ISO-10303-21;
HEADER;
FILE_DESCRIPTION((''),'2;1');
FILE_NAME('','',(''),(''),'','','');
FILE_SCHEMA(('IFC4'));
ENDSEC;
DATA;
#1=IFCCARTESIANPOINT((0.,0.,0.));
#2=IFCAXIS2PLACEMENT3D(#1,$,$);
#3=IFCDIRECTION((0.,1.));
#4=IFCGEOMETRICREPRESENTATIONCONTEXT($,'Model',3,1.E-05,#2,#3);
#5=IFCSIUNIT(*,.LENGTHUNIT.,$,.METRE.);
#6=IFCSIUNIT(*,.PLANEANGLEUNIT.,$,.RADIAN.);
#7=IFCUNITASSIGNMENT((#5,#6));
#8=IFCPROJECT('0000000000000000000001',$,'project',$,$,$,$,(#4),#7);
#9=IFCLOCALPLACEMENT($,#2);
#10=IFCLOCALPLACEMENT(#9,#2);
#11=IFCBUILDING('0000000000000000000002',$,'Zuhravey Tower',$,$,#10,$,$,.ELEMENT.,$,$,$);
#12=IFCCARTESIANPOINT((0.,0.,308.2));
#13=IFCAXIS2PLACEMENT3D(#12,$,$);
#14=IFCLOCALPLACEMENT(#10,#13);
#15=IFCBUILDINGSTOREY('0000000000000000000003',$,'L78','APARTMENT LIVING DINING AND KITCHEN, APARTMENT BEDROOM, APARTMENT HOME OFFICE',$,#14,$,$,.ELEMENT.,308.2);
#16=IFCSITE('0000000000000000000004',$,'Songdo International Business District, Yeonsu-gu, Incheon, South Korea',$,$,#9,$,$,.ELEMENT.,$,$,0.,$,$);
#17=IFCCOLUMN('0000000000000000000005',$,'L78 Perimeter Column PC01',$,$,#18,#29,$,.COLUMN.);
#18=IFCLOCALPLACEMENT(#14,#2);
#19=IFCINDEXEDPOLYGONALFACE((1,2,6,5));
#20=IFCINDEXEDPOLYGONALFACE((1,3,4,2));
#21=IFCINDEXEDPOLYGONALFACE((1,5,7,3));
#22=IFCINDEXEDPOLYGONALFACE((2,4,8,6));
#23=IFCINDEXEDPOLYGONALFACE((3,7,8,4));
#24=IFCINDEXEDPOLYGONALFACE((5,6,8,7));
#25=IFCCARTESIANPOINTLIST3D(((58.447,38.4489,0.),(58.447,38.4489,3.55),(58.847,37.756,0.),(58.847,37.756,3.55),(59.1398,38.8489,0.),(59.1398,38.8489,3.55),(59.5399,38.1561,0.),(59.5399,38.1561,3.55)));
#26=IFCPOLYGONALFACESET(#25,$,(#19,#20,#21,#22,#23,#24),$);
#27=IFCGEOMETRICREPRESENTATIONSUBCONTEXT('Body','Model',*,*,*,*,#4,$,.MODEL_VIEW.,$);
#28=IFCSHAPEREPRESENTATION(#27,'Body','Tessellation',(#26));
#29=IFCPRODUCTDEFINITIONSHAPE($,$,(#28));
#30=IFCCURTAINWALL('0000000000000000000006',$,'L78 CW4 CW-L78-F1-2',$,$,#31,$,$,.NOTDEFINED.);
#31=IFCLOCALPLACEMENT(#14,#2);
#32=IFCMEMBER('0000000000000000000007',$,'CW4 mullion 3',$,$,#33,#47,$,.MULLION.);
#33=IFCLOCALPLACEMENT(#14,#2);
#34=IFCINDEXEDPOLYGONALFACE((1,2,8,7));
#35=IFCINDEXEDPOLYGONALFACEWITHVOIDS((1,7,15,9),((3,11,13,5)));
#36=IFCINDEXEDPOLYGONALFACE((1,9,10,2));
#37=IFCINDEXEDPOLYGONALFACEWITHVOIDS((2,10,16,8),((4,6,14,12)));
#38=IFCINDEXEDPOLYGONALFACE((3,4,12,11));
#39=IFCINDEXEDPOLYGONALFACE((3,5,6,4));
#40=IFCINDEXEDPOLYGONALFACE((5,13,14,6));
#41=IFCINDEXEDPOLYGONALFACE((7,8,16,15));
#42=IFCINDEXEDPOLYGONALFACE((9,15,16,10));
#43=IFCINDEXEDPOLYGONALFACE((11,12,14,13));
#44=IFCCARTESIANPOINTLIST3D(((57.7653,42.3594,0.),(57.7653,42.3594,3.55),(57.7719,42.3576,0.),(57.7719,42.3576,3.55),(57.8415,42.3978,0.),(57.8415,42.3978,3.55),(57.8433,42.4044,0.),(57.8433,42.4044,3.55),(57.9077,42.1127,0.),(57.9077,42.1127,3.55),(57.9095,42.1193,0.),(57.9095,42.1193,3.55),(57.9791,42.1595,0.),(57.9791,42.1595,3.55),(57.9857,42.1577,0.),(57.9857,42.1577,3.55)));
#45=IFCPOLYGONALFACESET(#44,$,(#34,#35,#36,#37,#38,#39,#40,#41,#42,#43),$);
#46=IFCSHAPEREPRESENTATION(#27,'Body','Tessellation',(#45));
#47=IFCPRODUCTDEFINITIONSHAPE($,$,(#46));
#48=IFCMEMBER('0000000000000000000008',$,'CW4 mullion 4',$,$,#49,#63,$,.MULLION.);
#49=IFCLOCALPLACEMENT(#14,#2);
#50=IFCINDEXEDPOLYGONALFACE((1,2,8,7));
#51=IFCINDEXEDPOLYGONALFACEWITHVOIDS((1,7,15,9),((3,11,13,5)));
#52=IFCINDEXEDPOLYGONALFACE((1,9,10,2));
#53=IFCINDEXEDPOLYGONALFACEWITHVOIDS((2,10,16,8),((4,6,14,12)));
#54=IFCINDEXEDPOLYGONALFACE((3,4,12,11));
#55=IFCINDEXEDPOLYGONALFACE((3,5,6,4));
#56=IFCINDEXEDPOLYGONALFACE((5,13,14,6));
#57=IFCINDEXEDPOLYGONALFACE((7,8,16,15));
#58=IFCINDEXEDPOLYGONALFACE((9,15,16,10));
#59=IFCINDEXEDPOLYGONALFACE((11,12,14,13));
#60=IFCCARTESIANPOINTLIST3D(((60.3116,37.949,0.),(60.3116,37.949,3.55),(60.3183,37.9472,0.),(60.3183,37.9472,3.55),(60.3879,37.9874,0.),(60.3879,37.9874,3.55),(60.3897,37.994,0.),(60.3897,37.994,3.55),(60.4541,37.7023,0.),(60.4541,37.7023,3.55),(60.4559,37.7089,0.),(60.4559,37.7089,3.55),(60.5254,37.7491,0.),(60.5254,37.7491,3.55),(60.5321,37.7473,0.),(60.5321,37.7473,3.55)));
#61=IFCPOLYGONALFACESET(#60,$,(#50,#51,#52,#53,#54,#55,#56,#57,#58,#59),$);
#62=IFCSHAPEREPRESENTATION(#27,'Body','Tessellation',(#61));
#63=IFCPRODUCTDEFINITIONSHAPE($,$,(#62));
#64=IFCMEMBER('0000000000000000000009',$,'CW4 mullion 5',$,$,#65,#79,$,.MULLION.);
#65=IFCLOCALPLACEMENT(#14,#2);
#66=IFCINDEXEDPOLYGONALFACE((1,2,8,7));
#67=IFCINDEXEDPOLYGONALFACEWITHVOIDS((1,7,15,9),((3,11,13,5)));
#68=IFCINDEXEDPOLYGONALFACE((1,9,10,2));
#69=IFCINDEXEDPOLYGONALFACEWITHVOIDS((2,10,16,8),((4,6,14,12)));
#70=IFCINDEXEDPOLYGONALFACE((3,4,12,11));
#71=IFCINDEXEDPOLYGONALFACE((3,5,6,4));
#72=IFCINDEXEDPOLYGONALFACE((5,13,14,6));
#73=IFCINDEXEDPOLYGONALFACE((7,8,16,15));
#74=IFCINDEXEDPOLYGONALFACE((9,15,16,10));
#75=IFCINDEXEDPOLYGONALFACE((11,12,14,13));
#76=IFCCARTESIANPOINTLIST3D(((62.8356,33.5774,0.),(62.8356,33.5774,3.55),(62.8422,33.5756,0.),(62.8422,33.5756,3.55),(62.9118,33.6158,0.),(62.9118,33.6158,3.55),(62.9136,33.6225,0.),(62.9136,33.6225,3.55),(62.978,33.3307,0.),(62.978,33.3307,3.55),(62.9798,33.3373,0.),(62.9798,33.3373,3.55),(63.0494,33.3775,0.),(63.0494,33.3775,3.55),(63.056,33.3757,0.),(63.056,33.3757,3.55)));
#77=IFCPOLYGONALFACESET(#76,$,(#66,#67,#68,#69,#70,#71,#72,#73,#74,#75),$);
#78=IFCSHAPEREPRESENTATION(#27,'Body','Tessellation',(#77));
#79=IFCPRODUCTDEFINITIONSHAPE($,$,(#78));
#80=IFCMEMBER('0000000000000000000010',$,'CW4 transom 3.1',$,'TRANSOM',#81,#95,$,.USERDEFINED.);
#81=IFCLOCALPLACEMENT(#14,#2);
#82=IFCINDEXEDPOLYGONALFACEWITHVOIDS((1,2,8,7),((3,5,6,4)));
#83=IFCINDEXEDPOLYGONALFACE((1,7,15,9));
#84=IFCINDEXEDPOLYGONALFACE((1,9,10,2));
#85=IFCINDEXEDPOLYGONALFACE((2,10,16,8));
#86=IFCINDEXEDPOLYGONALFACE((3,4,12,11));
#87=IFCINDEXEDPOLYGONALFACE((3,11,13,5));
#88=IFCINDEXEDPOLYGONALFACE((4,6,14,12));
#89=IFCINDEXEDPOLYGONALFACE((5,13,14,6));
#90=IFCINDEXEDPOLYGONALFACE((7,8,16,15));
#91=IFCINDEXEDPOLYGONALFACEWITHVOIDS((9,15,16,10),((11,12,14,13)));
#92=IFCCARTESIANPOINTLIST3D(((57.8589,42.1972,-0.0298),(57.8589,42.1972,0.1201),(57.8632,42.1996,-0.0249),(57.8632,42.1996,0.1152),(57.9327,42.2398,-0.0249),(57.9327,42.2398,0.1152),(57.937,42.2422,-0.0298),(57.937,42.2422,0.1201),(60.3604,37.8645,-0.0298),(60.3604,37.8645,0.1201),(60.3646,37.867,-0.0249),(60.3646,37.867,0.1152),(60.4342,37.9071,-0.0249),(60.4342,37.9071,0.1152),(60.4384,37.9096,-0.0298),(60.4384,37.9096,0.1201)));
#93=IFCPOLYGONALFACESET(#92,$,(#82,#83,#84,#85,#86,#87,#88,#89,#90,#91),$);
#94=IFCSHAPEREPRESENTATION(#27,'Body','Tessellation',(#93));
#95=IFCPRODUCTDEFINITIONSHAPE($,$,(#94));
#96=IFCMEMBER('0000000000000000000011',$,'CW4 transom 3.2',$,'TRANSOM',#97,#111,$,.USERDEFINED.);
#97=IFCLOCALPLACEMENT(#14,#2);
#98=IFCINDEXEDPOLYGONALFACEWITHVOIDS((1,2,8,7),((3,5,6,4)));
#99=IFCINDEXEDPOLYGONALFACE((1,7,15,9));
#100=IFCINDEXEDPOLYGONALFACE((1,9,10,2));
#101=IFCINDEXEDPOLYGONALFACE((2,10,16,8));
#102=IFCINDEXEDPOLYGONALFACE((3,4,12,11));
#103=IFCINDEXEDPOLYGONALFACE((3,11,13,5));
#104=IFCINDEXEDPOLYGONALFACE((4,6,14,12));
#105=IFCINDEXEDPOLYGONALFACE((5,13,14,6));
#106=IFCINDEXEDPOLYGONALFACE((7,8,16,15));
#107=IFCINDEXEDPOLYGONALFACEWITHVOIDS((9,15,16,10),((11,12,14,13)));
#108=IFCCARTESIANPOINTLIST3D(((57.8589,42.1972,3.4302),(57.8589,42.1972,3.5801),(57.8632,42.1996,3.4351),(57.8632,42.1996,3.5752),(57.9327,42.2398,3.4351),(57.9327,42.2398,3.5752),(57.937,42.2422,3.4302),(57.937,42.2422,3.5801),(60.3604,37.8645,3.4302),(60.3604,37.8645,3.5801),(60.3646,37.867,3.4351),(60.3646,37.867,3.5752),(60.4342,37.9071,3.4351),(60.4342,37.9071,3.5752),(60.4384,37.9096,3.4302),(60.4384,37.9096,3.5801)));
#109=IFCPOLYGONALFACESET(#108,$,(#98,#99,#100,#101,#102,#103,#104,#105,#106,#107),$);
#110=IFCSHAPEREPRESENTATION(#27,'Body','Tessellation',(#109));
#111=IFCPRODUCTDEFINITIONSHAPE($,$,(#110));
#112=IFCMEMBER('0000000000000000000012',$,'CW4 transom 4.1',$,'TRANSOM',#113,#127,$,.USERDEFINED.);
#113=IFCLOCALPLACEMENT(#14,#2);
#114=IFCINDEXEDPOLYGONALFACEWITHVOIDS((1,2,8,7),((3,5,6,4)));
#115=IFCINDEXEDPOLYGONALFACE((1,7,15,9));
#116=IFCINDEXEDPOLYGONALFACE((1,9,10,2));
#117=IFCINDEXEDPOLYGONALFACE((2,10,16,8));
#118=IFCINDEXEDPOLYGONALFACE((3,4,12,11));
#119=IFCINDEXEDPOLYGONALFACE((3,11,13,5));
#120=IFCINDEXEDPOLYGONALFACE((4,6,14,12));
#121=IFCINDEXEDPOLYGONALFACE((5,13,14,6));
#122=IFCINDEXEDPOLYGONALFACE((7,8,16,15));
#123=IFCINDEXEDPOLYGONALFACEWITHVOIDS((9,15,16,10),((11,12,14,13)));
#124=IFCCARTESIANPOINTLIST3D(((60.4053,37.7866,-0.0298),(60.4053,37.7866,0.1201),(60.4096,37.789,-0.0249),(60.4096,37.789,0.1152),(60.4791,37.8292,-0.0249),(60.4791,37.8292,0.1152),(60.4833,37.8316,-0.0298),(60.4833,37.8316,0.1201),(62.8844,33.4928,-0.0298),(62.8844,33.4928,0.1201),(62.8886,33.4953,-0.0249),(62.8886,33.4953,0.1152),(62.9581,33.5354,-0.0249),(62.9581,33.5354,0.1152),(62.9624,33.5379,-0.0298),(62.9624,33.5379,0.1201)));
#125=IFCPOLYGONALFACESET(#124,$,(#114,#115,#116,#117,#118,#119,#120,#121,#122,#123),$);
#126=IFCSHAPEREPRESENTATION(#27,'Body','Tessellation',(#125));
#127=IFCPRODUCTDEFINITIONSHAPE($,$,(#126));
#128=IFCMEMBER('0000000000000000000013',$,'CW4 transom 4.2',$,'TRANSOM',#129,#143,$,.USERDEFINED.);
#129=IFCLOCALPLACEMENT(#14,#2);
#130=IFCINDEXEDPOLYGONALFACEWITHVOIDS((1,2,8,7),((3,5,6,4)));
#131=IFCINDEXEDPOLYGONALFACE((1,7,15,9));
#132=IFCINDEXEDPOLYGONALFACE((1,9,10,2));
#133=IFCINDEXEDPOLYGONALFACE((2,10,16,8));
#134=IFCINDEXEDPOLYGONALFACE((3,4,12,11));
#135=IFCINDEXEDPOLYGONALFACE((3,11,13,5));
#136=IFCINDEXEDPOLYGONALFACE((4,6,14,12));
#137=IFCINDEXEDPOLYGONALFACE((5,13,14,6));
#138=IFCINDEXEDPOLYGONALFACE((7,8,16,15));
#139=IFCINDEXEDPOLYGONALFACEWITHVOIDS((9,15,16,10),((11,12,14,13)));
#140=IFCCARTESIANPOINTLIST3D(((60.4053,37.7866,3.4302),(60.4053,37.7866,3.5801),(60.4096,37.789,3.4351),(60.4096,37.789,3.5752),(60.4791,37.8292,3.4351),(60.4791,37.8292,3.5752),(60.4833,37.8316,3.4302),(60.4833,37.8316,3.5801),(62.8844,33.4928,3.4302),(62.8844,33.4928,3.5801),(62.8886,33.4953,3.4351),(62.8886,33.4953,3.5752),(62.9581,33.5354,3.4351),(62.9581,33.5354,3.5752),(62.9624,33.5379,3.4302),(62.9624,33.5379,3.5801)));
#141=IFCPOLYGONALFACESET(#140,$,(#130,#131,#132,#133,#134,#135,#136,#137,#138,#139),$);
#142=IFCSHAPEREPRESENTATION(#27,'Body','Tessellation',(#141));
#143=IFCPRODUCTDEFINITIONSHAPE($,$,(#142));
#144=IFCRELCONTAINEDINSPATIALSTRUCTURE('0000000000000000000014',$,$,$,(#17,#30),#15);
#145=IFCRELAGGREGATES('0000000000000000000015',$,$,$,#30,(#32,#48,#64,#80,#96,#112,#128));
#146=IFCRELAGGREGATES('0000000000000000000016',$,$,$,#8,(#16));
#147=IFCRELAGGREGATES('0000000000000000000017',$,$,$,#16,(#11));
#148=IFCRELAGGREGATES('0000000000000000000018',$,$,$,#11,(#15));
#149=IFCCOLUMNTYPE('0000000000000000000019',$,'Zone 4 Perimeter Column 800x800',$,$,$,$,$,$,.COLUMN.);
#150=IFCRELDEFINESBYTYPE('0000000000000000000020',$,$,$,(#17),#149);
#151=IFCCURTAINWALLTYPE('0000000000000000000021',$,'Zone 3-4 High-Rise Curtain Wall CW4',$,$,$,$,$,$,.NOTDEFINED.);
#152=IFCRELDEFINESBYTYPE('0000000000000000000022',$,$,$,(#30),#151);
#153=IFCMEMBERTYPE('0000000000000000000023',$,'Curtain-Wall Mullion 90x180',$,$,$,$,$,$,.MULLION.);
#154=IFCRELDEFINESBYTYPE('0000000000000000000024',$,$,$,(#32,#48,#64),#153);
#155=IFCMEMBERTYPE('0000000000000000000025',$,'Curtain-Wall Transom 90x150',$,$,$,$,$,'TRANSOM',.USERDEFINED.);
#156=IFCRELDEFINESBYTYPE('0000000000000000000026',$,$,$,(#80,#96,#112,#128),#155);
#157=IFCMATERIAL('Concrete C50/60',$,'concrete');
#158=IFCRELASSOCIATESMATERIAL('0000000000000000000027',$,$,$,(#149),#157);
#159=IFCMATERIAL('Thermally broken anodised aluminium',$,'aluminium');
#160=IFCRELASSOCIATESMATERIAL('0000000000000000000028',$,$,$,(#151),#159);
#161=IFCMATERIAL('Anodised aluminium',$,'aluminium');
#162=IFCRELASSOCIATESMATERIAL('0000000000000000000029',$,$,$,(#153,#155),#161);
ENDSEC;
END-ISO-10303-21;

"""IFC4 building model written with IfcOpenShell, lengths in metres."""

from ifc_helpers import new_model, si_unit, direction, frame, origin, origin_2d, place, context, subcontext, project, spatial, rectangle, hollow_rectangle, extrude, material, material_profile, profile_set, type_object, element, aggregate, save


model = new_model("IFC4")

# Units and contexts
model_context = context("Model", 3, precision=1e-05, world=origin(), true_north=direction((0.0, 1.0)))
body_context = subcontext(model_context, "Body", "Model", "MODEL_VIEW")
ifc_project = project(units=[si_unit("LENGTHUNIT", "METRE"), si_unit("PLANEANGLEUNIT", "RADIAN")], contexts=[model_context])

# Site, building, storey
site_placement = place(None, origin())
site = spatial("IfcSite", under=ifc_project, at=site_placement, Name="Songdo International Business District, Yeonsu-gu, Incheon, South Korea", CompositionType="ELEMENT", RefElevation=0.0)
building_placement = place(site_placement, origin())
building = spatial("IfcBuilding", under=site, at=building_placement, Name="Zuhravey Tower", CompositionType="ELEMENT")
storey_placement = place(building_placement, frame((0.0, 0.0, 308.2)))
storey = spatial("IfcBuildingStorey", under=building, at=storey_placement, Name="L78", Description="APARTMENT LIVING DINING AND KITCHEN, APARTMENT BEDROOM, APARTMENT HOME OFFICE", CompositionType="ELEMENT", Elevation=308.2)

# Column
ifc_material_1 = material(Name="Concrete C50/60", Category="concrete")
ifc_material_profile_1 = material_profile(ifc_material_1, rectangle(XDim=0.8, YDim=0.8, at=origin_2d()), Name="RC-800x800")
ifc_profile_set_1 = profile_set([ifc_material_profile_1], Name="Concrete C50/60")
column_type = type_object("IfcColumnType", Name="Zone 4 Perimeter Column 800x800", PredefinedType="COLUMN", material=ifc_profile_set_1)
column_placement = place(storey_placement, frame((58.9934, 38.3025, 0.0), z_axis=(0.0, 0.0, 1.0), x_axis=(-0.5, 0.866025, 0.0)))
element("IfcColumn", 1, at=column_placement, inside=storey, type_object=column_type, Name="L78 Perimeter Column PC01", PredefinedType="COLUMN", context=body_context, shape_type="SweptSolid", body=[
    extrude(rectangle(XDim=0.8, YDim=0.8, at=origin_2d()), origin(), (0.0, 0.0, 1.0), 3.55),
])

# Curtain wall, members
ifc_material_2 = material(Name="Thermally broken anodised aluminium", Category="aluminium")
curtain_wall_type = type_object("IfcCurtainWallType", Name="Zone 3-4 High-Rise Curtain Wall CW4", PredefinedType="NOTDEFINED", material=ifc_material_2)
curtain_wall_placement = place(storey_placement, origin())
curtain_wall = element("IfcCurtainWall", 2, at=curtain_wall_placement, inside=storey, type_object=curtain_wall_type, Name="L78 CW4 CW-L78-F1-2", PredefinedType="NOTDEFINED")
ifc_material_3 = material(Name="Anodised aluminium", Category="aluminium")
ifc_material_profile_2 = material_profile(ifc_material_3, hollow_rectangle(XDim=0.0901, YDim=0.2849, WallThickness=0.0049, at=origin_2d()), Name="ALU-RHS-90x285x5")
ifc_profile_set_2 = profile_set([ifc_material_profile_2], Name="Anodised aluminium")
member_type_1 = type_object("IfcMemberType", Name="Curtain-Wall Mullion 90x180", PredefinedType="MULLION", material=ifc_profile_set_2)
member_1_placement = place(storey_placement, frame((57.8755, 42.2585, 0.0), z_axis=(0.0, 0.0, 1.0), x_axis=(0.866024, 0.500003, 0.0)))
member_1 = element("IfcMember", 3, at=member_1_placement, type_object=member_type_1, Name="CW4 mullion 3", PredefinedType="MULLION", context=body_context, shape_type="SweptSolid", body=[
    extrude(hollow_rectangle(XDim=0.0901, YDim=0.2849, WallThickness=0.0049, at=origin_2d()), origin(), (0.0, 0.0, 1.0), 3.55),
])
member_2_placement = place(storey_placement, frame((60.4219, 37.8481, 0.0), z_axis=(0.0, 0.0, 1.0), x_axis=(0.866024, 0.500003, 0.0)))
member_2 = element("IfcMember", 4, at=member_2_placement, type_object=member_type_1, Name="CW4 mullion 4", PredefinedType="MULLION", context=body_context, shape_type="SweptSolid", body=[
    extrude(hollow_rectangle(XDim=0.0901, YDim=0.2849, WallThickness=0.0049, at=origin_2d()), origin(), (0.0, 0.0, 1.0), 3.55),
])
member_3_placement = place(storey_placement, frame((62.9458, 33.4766, 0.0), z_axis=(0.0, 0.0, 1.0), x_axis=(0.866024, 0.500003, 0.0)))
member_3 = element("IfcMember", 5, at=member_3_placement, type_object=member_type_1, Name="CW4 mullion 5", PredefinedType="MULLION", context=body_context, shape_type="SweptSolid", body=[
    extrude(hollow_rectangle(XDim=0.0901, YDim=0.2849, WallThickness=0.0049, at=origin_2d()), origin(), (0.0, 0.0, 1.0), 3.55),
])
ifc_material_profile_3 = material_profile(ifc_material_3, hollow_rectangle(XDim=0.0901, YDim=0.1499, WallThickness=0.0049, at=origin_2d()), Name="ALU-RHS-90x150x5")
ifc_profile_set_3 = profile_set([ifc_material_profile_3], Name="Anodised aluminium")
member_type_2 = type_object("IfcMemberType", Name="Curtain-Wall Transom 90x150", ElementType="TRANSOM", PredefinedType="USERDEFINED", material=ifc_profile_set_3)
member_4_placement = place(storey_placement, frame((57.8979, 42.2197, 0.0452), z_axis=(0.499991, -0.86603, 0.0), x_axis=(0.86603, 0.499991, 0.0)))
member_4 = element("IfcMember", 6, at=member_4_placement, type_object=member_type_2, Name="CW4 transom 3.1", ObjectType="TRANSOM", PredefinedType="USERDEFINED", context=body_context, shape_type="SweptSolid", body=[
    extrude(hollow_rectangle(XDim=0.0901, YDim=0.1499, WallThickness=0.0049, at=origin_2d()), origin(), (0.0, 0.0, 1.0), 5.0029),
])
member_5_placement = place(storey_placement, frame((57.8979, 42.2197, 3.5051), z_axis=(0.499991, -0.86603, 0.0), x_axis=(0.86603, 0.499991, 0.0)))
member_5 = element("IfcMember", 7, at=member_5_placement, type_object=member_type_2, Name="CW4 transom 3.2", ObjectType="TRANSOM", PredefinedType="USERDEFINED", context=body_context, shape_type="SweptSolid", body=[
    extrude(hollow_rectangle(XDim=0.0901, YDim=0.1499, WallThickness=0.0049, at=origin_2d()), origin(), (0.0, 0.0, 1.0), 5.0029),
])
member_6_placement = place(storey_placement, frame((60.4443, 37.8091, 0.0452), z_axis=(0.500005, -0.866022, 0.0), x_axis=(0.866022, 0.500005, 0.0)))
member_6 = element("IfcMember", 8, at=member_6_placement, type_object=member_type_2, Name="CW4 transom 4.1", ObjectType="TRANSOM", PredefinedType="USERDEFINED", context=body_context, shape_type="SweptSolid", body=[
    extrude(hollow_rectangle(XDim=0.0901, YDim=0.1499, WallThickness=0.0049, at=origin_2d()), origin(), (0.0, 0.0, 1.0), 4.958),
])
member_7_placement = place(storey_placement, frame((60.4443, 37.8091, 3.5051), z_axis=(0.500005, -0.866022, 0.0), x_axis=(0.866022, 0.500005, 0.0)))
member_7 = element("IfcMember", 9, at=member_7_placement, type_object=member_type_2, Name="CW4 transom 4.2", ObjectType="TRANSOM", PredefinedType="USERDEFINED", context=body_context, shape_type="SweptSolid", body=[
    extrude(hollow_rectangle(XDim=0.0901, YDim=0.1499, WallThickness=0.0049, at=origin_2d()), origin(), (0.0, 0.0, 1.0), 4.958),
])

aggregate(curtain_wall, [member_1, member_2, member_3, member_4, member_5, member_6, member_7])

save(model, "model.ifc")
